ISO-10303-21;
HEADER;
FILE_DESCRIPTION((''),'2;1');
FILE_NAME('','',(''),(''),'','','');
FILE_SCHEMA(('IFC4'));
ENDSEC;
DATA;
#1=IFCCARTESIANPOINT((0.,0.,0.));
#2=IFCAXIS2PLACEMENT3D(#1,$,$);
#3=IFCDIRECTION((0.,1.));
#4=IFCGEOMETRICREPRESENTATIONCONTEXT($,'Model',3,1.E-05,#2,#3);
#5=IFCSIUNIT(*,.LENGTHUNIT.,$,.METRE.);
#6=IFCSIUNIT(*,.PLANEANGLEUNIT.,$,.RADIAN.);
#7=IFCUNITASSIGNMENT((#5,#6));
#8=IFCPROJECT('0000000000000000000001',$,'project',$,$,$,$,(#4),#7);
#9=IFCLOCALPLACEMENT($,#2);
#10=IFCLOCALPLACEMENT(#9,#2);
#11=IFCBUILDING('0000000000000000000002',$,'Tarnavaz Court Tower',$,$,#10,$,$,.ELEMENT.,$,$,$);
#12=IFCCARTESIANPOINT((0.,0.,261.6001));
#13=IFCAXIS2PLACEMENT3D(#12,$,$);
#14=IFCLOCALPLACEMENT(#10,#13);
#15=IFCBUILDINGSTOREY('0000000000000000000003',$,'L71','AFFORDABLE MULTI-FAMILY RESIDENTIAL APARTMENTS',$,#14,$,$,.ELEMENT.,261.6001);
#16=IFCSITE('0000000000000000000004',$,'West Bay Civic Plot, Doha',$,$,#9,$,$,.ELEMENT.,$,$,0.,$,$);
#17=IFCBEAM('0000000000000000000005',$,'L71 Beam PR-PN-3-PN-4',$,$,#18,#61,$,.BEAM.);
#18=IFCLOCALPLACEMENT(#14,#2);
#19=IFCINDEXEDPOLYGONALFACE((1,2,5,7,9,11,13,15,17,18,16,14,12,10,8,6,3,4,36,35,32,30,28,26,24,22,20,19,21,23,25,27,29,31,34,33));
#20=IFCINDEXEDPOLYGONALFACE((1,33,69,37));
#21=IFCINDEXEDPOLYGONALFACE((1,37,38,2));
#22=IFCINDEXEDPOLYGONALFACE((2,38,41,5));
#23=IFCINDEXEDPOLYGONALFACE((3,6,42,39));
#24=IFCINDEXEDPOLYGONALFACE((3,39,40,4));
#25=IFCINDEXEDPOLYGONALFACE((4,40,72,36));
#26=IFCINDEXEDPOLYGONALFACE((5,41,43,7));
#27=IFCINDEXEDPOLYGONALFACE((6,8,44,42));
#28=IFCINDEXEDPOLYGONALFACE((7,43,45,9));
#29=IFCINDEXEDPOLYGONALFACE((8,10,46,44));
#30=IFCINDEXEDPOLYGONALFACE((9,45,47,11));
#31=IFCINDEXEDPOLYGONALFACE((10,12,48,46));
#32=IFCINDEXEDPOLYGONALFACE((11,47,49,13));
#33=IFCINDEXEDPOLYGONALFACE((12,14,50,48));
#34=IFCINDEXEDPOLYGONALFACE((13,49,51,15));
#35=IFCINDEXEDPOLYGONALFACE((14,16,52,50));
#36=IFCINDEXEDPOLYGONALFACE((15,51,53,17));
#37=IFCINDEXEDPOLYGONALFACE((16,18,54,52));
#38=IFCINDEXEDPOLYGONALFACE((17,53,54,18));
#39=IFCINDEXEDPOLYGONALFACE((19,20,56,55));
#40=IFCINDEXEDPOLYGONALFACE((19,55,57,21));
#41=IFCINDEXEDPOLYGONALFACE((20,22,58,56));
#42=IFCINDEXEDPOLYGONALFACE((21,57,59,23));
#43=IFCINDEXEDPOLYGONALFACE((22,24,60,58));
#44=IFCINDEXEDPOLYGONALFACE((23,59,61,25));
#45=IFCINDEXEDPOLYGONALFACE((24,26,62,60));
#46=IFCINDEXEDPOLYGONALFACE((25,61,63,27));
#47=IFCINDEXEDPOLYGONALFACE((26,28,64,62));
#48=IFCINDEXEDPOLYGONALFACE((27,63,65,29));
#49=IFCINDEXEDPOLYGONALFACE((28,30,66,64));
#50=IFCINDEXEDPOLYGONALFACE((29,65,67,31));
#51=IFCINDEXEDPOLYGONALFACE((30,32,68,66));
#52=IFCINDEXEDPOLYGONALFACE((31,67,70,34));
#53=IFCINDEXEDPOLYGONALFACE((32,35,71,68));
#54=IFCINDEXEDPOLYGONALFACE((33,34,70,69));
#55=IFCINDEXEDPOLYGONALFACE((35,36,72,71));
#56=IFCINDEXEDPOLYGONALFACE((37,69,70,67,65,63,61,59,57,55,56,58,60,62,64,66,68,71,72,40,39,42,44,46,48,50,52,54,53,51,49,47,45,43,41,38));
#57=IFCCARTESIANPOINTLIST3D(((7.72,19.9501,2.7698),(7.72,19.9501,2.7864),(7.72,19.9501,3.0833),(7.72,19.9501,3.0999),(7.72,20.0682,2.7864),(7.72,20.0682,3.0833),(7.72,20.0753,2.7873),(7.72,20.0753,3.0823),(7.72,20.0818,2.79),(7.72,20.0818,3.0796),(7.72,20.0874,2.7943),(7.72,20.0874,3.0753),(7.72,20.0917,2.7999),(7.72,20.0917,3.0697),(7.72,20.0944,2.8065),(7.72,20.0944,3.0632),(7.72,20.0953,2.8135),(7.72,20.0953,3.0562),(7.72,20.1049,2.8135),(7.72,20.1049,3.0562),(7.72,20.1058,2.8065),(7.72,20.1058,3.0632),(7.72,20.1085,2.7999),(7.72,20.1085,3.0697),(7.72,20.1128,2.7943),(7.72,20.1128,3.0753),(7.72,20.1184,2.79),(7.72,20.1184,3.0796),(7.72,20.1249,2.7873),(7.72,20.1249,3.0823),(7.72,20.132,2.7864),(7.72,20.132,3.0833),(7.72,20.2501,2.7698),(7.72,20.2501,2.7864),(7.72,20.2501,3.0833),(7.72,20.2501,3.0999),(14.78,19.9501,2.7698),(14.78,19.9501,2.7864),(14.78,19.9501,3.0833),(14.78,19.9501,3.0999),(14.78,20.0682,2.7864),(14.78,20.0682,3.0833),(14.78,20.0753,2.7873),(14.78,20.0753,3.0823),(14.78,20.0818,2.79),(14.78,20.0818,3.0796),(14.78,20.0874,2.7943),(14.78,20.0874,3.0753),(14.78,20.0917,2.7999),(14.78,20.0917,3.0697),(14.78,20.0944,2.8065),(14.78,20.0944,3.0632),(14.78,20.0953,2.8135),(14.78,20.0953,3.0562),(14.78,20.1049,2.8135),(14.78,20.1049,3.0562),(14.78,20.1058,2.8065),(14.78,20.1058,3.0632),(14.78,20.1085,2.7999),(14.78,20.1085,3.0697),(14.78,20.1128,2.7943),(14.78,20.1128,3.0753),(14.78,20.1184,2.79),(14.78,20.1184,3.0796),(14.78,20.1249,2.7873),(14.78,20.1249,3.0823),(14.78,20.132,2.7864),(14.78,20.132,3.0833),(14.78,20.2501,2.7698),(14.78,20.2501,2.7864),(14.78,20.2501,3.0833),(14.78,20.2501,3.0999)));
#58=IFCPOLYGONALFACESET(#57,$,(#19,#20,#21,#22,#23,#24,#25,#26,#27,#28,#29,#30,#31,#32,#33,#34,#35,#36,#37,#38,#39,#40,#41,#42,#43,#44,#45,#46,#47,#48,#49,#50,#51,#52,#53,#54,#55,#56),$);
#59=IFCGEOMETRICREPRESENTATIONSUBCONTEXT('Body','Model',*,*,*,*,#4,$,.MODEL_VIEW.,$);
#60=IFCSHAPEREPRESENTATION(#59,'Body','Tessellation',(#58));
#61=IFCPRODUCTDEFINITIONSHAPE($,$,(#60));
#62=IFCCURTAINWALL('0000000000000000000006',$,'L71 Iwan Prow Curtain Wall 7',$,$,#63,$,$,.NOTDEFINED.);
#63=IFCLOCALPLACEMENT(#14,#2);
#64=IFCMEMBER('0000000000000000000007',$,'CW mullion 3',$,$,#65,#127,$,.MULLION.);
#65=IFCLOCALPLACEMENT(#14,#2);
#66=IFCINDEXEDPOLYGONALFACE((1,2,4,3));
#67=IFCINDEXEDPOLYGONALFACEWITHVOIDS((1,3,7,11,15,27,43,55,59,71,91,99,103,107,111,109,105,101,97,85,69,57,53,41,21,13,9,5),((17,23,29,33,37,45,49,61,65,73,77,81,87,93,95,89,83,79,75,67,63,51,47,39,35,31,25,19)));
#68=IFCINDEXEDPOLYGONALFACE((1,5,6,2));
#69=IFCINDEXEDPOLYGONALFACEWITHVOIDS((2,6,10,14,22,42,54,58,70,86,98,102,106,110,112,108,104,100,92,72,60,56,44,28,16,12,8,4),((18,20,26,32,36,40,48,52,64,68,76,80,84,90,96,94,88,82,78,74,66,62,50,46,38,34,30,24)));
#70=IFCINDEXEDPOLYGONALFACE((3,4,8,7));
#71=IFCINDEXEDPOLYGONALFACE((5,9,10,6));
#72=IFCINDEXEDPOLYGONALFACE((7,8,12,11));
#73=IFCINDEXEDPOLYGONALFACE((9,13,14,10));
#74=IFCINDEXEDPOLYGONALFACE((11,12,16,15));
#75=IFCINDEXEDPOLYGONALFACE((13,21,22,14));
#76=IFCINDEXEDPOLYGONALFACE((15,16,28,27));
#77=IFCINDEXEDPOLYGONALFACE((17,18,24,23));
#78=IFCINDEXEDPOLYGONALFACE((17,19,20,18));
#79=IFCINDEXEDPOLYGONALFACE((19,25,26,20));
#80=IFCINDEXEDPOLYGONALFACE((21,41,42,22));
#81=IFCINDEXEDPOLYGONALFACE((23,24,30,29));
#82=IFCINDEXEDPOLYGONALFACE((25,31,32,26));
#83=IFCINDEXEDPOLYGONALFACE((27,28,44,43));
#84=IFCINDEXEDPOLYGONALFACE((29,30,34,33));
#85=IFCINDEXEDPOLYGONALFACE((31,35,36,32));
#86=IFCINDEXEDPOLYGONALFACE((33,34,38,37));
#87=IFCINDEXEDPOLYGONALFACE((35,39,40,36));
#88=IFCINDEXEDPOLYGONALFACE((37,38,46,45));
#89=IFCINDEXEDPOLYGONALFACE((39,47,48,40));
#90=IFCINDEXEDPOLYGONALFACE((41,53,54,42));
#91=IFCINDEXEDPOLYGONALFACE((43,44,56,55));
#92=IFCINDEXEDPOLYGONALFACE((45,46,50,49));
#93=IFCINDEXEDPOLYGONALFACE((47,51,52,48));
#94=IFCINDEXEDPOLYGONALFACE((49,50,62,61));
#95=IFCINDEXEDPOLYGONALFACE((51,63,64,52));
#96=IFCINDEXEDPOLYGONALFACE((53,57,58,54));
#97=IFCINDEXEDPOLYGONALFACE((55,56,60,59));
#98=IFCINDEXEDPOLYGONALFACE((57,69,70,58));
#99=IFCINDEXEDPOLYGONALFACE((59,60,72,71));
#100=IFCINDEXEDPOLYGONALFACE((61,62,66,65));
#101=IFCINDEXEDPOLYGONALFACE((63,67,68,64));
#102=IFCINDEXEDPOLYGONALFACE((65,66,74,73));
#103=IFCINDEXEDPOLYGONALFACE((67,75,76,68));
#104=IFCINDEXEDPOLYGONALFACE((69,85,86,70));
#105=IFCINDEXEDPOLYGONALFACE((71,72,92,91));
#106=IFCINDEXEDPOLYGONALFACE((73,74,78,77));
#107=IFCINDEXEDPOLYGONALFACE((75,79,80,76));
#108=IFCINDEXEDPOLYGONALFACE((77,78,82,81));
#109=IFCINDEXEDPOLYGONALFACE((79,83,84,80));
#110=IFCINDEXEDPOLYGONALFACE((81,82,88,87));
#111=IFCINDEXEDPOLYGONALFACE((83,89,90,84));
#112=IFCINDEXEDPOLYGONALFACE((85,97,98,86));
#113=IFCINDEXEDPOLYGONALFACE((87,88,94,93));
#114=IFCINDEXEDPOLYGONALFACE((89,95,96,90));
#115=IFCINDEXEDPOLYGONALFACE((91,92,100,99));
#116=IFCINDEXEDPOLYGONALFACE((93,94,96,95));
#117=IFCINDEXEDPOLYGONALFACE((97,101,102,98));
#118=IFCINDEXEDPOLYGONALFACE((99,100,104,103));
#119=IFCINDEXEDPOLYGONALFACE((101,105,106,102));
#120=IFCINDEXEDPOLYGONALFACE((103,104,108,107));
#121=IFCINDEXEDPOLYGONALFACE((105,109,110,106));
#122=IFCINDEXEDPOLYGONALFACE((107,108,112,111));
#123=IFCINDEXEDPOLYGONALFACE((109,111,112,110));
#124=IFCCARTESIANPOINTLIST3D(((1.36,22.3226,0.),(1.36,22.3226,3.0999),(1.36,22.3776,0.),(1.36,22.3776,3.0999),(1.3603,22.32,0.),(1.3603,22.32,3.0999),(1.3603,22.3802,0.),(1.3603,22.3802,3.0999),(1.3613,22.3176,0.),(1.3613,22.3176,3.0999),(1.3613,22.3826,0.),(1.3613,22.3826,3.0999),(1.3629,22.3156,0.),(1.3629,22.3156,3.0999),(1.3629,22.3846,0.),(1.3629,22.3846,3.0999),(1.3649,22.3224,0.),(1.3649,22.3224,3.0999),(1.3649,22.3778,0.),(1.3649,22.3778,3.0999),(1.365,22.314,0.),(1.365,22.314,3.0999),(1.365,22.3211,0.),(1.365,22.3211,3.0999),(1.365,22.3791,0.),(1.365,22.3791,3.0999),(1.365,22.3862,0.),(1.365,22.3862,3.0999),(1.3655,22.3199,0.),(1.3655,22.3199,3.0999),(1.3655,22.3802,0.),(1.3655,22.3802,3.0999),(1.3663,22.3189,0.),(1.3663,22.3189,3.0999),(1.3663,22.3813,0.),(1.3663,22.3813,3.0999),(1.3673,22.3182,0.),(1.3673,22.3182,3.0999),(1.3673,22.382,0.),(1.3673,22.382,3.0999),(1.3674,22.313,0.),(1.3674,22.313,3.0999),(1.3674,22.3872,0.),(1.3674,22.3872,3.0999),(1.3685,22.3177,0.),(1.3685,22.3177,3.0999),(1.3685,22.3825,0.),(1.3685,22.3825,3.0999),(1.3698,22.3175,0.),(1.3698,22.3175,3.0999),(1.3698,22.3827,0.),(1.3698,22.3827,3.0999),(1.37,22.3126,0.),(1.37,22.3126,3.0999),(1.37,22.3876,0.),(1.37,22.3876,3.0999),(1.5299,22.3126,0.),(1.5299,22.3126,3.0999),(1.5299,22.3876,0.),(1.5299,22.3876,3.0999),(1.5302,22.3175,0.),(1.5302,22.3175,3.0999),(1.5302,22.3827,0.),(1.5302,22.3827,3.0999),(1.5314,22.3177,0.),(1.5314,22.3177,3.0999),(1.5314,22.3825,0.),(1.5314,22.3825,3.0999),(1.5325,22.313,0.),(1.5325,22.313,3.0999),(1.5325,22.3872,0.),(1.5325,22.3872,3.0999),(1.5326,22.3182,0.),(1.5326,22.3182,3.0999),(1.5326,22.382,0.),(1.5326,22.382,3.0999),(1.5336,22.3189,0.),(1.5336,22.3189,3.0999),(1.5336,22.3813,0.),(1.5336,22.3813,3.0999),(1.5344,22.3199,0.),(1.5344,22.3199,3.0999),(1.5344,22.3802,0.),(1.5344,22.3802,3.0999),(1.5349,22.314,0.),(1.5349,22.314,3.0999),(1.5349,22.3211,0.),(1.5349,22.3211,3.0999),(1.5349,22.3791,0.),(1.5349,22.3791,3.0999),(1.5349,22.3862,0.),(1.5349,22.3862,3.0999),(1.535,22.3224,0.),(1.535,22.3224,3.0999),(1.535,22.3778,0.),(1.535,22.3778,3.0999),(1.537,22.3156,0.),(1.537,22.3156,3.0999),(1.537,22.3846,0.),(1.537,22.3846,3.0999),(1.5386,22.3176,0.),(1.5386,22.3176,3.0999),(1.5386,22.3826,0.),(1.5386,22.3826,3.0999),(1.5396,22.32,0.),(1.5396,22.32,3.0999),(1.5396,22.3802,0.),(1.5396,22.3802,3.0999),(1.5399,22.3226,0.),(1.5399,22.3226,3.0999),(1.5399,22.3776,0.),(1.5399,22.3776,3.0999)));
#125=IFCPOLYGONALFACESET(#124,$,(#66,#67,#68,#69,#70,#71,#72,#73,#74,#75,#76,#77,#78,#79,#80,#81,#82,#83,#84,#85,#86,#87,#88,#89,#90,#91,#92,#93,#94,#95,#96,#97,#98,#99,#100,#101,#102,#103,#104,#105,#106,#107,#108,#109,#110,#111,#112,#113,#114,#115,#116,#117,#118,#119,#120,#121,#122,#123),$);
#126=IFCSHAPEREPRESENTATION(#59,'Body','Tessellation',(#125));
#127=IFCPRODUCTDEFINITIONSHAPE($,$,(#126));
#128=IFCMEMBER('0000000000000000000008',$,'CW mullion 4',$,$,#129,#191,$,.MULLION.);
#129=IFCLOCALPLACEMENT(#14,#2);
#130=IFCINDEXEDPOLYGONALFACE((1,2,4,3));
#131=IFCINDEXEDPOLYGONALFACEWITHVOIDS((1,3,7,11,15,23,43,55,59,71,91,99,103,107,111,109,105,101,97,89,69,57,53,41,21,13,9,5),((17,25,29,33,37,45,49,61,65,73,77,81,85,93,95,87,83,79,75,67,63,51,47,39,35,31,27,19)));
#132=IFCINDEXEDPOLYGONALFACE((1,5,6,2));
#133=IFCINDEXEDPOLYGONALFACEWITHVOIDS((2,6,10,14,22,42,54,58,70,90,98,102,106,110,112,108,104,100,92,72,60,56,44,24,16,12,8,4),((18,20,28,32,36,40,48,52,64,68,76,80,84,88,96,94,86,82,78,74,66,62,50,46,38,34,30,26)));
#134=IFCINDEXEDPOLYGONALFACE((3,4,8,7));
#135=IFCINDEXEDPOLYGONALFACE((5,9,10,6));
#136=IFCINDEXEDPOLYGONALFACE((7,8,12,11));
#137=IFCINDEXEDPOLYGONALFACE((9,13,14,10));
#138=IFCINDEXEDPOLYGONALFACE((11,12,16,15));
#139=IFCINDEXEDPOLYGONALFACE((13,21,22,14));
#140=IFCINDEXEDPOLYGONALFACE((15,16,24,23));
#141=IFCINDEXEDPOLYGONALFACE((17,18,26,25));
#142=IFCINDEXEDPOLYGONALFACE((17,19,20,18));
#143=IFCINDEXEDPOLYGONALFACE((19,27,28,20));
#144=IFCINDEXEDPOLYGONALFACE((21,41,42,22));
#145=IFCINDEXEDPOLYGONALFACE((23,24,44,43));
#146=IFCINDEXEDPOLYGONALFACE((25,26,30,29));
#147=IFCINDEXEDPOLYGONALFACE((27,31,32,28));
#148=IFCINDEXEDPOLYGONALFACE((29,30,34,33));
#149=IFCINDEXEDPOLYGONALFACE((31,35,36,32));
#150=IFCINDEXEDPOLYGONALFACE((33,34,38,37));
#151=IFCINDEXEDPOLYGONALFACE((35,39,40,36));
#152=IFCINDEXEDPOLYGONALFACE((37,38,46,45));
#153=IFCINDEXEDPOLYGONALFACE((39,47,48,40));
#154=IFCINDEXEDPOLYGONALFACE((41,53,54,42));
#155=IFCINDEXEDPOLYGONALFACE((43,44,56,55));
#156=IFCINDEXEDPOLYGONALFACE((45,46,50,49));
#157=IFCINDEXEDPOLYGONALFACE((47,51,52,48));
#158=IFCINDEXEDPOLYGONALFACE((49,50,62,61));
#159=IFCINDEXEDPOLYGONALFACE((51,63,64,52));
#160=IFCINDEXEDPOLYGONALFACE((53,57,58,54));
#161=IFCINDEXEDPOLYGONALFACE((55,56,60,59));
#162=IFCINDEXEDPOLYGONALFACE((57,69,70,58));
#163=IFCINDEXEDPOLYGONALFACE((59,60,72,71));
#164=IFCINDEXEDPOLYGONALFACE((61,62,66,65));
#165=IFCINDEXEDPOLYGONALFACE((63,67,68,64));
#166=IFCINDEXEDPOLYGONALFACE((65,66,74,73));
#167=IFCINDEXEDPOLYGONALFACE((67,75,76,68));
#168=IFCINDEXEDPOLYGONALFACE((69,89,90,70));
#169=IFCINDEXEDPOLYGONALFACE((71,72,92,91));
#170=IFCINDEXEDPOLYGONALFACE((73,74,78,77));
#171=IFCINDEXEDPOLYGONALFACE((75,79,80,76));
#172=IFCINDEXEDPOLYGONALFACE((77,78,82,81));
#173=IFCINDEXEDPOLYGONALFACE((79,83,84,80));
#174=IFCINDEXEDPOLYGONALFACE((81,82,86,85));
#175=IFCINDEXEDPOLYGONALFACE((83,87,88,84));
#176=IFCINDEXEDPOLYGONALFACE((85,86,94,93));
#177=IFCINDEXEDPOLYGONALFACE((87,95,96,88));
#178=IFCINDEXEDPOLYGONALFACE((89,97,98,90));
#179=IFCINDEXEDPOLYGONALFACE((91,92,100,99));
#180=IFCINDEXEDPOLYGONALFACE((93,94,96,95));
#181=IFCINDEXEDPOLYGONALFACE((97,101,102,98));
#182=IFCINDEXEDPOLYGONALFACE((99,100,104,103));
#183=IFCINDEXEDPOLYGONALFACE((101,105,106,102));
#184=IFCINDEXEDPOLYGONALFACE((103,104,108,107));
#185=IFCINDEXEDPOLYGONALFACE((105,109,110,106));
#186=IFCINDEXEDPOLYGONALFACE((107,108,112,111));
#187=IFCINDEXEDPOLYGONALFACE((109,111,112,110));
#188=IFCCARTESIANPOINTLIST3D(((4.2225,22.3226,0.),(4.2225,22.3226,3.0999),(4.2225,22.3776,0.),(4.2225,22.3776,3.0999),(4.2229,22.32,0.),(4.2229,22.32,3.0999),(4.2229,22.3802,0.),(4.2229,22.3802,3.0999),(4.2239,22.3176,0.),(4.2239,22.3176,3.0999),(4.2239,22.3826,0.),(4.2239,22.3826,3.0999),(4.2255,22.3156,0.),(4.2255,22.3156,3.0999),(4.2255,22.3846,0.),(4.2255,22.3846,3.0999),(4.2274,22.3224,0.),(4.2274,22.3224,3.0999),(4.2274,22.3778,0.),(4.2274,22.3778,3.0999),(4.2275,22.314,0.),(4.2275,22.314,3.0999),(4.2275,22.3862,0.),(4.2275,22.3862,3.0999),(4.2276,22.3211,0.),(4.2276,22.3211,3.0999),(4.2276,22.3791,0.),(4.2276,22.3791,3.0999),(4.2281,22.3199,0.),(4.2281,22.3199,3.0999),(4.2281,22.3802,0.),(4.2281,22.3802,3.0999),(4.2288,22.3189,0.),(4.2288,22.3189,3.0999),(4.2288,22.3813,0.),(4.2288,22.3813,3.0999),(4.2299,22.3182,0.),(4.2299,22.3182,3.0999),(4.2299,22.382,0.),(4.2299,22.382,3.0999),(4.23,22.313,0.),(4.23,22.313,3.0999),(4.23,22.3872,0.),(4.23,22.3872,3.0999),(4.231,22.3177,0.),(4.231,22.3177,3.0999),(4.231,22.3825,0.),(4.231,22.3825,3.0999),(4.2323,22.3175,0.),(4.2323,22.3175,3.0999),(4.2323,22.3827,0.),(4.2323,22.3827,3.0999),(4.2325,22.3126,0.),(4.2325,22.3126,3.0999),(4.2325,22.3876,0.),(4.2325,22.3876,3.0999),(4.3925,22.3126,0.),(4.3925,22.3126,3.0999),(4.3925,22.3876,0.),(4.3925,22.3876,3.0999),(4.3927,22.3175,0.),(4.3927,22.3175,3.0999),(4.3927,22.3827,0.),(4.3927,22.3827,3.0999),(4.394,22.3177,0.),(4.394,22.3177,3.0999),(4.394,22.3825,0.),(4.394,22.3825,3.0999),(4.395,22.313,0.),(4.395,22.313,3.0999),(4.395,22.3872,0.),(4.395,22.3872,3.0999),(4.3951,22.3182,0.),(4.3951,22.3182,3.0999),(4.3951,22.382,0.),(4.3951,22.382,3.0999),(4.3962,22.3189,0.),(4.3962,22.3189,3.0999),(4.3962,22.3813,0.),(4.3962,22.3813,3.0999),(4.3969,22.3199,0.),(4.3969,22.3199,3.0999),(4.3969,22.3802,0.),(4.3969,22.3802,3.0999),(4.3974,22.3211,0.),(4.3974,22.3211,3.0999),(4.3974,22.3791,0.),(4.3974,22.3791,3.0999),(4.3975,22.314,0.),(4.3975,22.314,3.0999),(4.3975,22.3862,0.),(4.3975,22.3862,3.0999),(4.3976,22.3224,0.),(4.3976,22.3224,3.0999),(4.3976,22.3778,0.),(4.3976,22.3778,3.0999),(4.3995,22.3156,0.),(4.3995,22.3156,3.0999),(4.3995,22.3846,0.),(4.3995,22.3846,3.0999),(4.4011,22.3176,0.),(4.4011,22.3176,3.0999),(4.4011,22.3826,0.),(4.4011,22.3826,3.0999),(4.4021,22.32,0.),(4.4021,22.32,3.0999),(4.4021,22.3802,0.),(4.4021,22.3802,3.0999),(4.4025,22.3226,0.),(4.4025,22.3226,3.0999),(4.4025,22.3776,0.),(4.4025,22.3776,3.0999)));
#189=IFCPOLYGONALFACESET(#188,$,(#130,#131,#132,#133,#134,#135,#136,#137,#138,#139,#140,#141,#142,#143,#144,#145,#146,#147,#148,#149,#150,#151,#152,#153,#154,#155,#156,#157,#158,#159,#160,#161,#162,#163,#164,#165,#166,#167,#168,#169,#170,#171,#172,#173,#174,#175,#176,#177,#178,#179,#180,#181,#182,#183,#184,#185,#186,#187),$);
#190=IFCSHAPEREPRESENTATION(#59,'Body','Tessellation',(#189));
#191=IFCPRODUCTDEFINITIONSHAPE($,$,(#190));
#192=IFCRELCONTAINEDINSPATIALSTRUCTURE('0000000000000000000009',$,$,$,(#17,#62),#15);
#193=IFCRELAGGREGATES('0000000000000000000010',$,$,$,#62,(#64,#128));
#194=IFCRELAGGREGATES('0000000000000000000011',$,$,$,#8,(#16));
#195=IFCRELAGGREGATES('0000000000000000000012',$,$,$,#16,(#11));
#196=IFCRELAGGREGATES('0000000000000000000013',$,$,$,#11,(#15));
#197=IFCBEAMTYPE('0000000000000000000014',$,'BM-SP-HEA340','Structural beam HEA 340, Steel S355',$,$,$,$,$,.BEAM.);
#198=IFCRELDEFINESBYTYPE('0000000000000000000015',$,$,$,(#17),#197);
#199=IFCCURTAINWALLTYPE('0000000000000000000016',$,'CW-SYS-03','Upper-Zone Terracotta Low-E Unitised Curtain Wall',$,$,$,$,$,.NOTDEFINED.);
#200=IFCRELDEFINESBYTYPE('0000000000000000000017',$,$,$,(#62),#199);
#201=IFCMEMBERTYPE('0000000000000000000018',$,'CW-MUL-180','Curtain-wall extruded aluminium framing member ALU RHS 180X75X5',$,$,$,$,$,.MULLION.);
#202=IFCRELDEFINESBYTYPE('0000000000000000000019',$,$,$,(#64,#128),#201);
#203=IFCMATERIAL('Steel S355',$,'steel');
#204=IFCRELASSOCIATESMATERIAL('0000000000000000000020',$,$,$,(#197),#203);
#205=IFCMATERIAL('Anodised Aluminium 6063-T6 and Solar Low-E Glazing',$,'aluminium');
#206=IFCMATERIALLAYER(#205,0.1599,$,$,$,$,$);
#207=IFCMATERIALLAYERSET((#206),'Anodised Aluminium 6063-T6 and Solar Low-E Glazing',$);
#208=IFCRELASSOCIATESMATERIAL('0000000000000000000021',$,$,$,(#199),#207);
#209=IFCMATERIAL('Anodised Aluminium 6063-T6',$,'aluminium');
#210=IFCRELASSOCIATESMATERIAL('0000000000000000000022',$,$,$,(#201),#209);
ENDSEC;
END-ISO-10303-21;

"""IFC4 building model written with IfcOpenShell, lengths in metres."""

from ifc_helpers import new_model, si_unit, direction, frame, origin, origin_2d, place, context, subcontext, project, spatial, hollow_rectangle, i_section, extrude, material, layer, layer_set, material_profile, profile_set, type_object, element, aggregate, save


model = new_model("IFC4")

# Units and contexts
model_context = context("Model", 3, precision=1e-05, world=origin(), true_north=direction((0.0, 1.0)))
body_context = subcontext(model_context, "Body", "Model", "MODEL_VIEW")
ifc_project = project(units=[si_unit("LENGTHUNIT", "METRE"), si_unit("PLANEANGLEUNIT", "RADIAN")], contexts=[model_context])

# Site, building, storey
site_placement = place(None, origin())
site = spatial("IfcSite", under=ifc_project, at=site_placement, Name="West Bay Civic Plot, Doha", CompositionType="ELEMENT", RefElevation=0.0)
building_placement = place(site_placement, origin())
building = spatial("IfcBuilding", under=site, at=building_placement, Name="Tarnavaz Court Tower", CompositionType="ELEMENT")
storey_placement = place(building_placement, frame((0.0, 0.0, 261.6001)))
storey = spatial("IfcBuildingStorey", under=building, at=storey_placement, Name="L71", Description="AFFORDABLE MULTI-FAMILY RESIDENTIAL APARTMENTS", CompositionType="ELEMENT", Elevation=261.6001)

# Beam
ifc_material_1 = material(Name="Steel S355", Category="steel")
ifc_material_profile_1 = material_profile(ifc_material_1, i_section(OverallWidth=0.3, OverallDepth=0.3301, WebThickness=0.0095, FlangeThickness=0.0166, FilletRadius=0.0271, at=origin_2d()), Name="HEA 340")
ifc_profile_set_1 = profile_set([ifc_material_profile_1], Name="Steel S355")
beam_type_1 = type_object("IfcBeamType", Name="BM-SP-HEA340", Description="Structural beam HEA 340, Steel S355", PredefinedType="BEAM", material=ifc_profile_set_1)
beam_placement = place(storey_placement, frame((7.72, 20.1001, 2.9348), z_axis=(1.0, 0.0, 0.0), x_axis=(0.0, 1.0, 0.0)))
element("IfcBeam", 1, at=beam_placement, inside=storey, type_object=beam_type_1, Name="L71 Beam PR-PN-3-PN-4", PredefinedType="BEAM", context=body_context, shape_type="SweptSolid", body=[
    extrude(i_section(OverallWidth=0.3, OverallDepth=0.3301, WebThickness=0.0095, FlangeThickness=0.0166, FilletRadius=0.0271, at=origin_2d()), origin(), (0.0, 0.0, 1.0), 7.0601),
])

# Curtain wall, members
ifc_material_2 = material(Name="Anodised Aluminium 6063-T6 and Solar Low-E Glazing", Category="aluminium")
ifc_layer_1 = layer(ifc_material_2, 0.1599)
ifc_layer_set_1 = layer_set([ifc_layer_1], Name="Anodised Aluminium 6063-T6 and Solar Low-E Glazing")
curtain_wall_type = type_object("IfcCurtainWallType", Name="CW-SYS-03", Description="Upper-Zone Terracotta Low-E Unitised Curtain Wall", PredefinedType="NOTDEFINED", material=ifc_layer_set_1)
curtain_wall_placement = place(storey_placement, origin())
curtain_wall = element("IfcCurtainWall", 2, at=curtain_wall_placement, inside=storey, type_object=curtain_wall_type, Name="L71 Iwan Prow Curtain Wall 7", PredefinedType="NOTDEFINED")
ifc_material_3 = material(Name="Anodised Aluminium 6063-T6", Category="aluminium")
ifc_material_profile_2 = material_profile(ifc_material_3, hollow_rectangle(XDim=0.075, YDim=0.1799, WallThickness=0.0049, InnerFilletRadius=0.0049, OuterFilletRadius=0.01, at=origin_2d()), Name="ALU RHS 180X75X5")
ifc_profile_set_2 = profile_set([ifc_material_profile_2], Name="Anodised Aluminium 6063-T6")
member_type_1 = type_object("IfcMemberType", Name="CW-MUL-180", Description="Curtain-wall extruded aluminium framing member ALU RHS 180X75X5", PredefinedType="MULLION", material=ifc_profile_set_2)
member_1_placement = place(storey_placement, frame((1.45, 22.3501, 0.0), z_axis=(0.0, 0.0, 1.0), x_axis=(0.0, 1.0, 0.0)))
member_1 = element("IfcMember", 3, at=member_1_placement, type_object=member_type_1, Name="CW mullion 3", PredefinedType="MULLION", context=body_context, shape_type="SweptSolid", body=[
    extrude(hollow_rectangle(XDim=0.075, YDim=0.1799, WallThickness=0.0049, InnerFilletRadius=0.0049, OuterFilletRadius=0.01, at=origin_2d()), origin(), (0.0, 0.0, 1.0), 3.0999),
])
member_2_placement = place(storey_placement, frame((4.3125, 22.3501, 0.0), z_axis=(0.0, 0.0, 1.0), x_axis=(0.0, 1.0, 0.0)))
member_2 = element("IfcMember", 4, at=member_2_placement, type_object=member_type_1, Name="CW mullion 4", PredefinedType="MULLION", context=body_context, shape_type="SweptSolid", body=[
    extrude(hollow_rectangle(XDim=0.075, YDim=0.1799, WallThickness=0.0049, InnerFilletRadius=0.0049, OuterFilletRadius=0.01, at=origin_2d()), origin(), (0.0, 0.0, 1.0), 3.0999),
])
aggregate(curtain_wall, [member_1, member_2])

save(model, "model.ifc")
